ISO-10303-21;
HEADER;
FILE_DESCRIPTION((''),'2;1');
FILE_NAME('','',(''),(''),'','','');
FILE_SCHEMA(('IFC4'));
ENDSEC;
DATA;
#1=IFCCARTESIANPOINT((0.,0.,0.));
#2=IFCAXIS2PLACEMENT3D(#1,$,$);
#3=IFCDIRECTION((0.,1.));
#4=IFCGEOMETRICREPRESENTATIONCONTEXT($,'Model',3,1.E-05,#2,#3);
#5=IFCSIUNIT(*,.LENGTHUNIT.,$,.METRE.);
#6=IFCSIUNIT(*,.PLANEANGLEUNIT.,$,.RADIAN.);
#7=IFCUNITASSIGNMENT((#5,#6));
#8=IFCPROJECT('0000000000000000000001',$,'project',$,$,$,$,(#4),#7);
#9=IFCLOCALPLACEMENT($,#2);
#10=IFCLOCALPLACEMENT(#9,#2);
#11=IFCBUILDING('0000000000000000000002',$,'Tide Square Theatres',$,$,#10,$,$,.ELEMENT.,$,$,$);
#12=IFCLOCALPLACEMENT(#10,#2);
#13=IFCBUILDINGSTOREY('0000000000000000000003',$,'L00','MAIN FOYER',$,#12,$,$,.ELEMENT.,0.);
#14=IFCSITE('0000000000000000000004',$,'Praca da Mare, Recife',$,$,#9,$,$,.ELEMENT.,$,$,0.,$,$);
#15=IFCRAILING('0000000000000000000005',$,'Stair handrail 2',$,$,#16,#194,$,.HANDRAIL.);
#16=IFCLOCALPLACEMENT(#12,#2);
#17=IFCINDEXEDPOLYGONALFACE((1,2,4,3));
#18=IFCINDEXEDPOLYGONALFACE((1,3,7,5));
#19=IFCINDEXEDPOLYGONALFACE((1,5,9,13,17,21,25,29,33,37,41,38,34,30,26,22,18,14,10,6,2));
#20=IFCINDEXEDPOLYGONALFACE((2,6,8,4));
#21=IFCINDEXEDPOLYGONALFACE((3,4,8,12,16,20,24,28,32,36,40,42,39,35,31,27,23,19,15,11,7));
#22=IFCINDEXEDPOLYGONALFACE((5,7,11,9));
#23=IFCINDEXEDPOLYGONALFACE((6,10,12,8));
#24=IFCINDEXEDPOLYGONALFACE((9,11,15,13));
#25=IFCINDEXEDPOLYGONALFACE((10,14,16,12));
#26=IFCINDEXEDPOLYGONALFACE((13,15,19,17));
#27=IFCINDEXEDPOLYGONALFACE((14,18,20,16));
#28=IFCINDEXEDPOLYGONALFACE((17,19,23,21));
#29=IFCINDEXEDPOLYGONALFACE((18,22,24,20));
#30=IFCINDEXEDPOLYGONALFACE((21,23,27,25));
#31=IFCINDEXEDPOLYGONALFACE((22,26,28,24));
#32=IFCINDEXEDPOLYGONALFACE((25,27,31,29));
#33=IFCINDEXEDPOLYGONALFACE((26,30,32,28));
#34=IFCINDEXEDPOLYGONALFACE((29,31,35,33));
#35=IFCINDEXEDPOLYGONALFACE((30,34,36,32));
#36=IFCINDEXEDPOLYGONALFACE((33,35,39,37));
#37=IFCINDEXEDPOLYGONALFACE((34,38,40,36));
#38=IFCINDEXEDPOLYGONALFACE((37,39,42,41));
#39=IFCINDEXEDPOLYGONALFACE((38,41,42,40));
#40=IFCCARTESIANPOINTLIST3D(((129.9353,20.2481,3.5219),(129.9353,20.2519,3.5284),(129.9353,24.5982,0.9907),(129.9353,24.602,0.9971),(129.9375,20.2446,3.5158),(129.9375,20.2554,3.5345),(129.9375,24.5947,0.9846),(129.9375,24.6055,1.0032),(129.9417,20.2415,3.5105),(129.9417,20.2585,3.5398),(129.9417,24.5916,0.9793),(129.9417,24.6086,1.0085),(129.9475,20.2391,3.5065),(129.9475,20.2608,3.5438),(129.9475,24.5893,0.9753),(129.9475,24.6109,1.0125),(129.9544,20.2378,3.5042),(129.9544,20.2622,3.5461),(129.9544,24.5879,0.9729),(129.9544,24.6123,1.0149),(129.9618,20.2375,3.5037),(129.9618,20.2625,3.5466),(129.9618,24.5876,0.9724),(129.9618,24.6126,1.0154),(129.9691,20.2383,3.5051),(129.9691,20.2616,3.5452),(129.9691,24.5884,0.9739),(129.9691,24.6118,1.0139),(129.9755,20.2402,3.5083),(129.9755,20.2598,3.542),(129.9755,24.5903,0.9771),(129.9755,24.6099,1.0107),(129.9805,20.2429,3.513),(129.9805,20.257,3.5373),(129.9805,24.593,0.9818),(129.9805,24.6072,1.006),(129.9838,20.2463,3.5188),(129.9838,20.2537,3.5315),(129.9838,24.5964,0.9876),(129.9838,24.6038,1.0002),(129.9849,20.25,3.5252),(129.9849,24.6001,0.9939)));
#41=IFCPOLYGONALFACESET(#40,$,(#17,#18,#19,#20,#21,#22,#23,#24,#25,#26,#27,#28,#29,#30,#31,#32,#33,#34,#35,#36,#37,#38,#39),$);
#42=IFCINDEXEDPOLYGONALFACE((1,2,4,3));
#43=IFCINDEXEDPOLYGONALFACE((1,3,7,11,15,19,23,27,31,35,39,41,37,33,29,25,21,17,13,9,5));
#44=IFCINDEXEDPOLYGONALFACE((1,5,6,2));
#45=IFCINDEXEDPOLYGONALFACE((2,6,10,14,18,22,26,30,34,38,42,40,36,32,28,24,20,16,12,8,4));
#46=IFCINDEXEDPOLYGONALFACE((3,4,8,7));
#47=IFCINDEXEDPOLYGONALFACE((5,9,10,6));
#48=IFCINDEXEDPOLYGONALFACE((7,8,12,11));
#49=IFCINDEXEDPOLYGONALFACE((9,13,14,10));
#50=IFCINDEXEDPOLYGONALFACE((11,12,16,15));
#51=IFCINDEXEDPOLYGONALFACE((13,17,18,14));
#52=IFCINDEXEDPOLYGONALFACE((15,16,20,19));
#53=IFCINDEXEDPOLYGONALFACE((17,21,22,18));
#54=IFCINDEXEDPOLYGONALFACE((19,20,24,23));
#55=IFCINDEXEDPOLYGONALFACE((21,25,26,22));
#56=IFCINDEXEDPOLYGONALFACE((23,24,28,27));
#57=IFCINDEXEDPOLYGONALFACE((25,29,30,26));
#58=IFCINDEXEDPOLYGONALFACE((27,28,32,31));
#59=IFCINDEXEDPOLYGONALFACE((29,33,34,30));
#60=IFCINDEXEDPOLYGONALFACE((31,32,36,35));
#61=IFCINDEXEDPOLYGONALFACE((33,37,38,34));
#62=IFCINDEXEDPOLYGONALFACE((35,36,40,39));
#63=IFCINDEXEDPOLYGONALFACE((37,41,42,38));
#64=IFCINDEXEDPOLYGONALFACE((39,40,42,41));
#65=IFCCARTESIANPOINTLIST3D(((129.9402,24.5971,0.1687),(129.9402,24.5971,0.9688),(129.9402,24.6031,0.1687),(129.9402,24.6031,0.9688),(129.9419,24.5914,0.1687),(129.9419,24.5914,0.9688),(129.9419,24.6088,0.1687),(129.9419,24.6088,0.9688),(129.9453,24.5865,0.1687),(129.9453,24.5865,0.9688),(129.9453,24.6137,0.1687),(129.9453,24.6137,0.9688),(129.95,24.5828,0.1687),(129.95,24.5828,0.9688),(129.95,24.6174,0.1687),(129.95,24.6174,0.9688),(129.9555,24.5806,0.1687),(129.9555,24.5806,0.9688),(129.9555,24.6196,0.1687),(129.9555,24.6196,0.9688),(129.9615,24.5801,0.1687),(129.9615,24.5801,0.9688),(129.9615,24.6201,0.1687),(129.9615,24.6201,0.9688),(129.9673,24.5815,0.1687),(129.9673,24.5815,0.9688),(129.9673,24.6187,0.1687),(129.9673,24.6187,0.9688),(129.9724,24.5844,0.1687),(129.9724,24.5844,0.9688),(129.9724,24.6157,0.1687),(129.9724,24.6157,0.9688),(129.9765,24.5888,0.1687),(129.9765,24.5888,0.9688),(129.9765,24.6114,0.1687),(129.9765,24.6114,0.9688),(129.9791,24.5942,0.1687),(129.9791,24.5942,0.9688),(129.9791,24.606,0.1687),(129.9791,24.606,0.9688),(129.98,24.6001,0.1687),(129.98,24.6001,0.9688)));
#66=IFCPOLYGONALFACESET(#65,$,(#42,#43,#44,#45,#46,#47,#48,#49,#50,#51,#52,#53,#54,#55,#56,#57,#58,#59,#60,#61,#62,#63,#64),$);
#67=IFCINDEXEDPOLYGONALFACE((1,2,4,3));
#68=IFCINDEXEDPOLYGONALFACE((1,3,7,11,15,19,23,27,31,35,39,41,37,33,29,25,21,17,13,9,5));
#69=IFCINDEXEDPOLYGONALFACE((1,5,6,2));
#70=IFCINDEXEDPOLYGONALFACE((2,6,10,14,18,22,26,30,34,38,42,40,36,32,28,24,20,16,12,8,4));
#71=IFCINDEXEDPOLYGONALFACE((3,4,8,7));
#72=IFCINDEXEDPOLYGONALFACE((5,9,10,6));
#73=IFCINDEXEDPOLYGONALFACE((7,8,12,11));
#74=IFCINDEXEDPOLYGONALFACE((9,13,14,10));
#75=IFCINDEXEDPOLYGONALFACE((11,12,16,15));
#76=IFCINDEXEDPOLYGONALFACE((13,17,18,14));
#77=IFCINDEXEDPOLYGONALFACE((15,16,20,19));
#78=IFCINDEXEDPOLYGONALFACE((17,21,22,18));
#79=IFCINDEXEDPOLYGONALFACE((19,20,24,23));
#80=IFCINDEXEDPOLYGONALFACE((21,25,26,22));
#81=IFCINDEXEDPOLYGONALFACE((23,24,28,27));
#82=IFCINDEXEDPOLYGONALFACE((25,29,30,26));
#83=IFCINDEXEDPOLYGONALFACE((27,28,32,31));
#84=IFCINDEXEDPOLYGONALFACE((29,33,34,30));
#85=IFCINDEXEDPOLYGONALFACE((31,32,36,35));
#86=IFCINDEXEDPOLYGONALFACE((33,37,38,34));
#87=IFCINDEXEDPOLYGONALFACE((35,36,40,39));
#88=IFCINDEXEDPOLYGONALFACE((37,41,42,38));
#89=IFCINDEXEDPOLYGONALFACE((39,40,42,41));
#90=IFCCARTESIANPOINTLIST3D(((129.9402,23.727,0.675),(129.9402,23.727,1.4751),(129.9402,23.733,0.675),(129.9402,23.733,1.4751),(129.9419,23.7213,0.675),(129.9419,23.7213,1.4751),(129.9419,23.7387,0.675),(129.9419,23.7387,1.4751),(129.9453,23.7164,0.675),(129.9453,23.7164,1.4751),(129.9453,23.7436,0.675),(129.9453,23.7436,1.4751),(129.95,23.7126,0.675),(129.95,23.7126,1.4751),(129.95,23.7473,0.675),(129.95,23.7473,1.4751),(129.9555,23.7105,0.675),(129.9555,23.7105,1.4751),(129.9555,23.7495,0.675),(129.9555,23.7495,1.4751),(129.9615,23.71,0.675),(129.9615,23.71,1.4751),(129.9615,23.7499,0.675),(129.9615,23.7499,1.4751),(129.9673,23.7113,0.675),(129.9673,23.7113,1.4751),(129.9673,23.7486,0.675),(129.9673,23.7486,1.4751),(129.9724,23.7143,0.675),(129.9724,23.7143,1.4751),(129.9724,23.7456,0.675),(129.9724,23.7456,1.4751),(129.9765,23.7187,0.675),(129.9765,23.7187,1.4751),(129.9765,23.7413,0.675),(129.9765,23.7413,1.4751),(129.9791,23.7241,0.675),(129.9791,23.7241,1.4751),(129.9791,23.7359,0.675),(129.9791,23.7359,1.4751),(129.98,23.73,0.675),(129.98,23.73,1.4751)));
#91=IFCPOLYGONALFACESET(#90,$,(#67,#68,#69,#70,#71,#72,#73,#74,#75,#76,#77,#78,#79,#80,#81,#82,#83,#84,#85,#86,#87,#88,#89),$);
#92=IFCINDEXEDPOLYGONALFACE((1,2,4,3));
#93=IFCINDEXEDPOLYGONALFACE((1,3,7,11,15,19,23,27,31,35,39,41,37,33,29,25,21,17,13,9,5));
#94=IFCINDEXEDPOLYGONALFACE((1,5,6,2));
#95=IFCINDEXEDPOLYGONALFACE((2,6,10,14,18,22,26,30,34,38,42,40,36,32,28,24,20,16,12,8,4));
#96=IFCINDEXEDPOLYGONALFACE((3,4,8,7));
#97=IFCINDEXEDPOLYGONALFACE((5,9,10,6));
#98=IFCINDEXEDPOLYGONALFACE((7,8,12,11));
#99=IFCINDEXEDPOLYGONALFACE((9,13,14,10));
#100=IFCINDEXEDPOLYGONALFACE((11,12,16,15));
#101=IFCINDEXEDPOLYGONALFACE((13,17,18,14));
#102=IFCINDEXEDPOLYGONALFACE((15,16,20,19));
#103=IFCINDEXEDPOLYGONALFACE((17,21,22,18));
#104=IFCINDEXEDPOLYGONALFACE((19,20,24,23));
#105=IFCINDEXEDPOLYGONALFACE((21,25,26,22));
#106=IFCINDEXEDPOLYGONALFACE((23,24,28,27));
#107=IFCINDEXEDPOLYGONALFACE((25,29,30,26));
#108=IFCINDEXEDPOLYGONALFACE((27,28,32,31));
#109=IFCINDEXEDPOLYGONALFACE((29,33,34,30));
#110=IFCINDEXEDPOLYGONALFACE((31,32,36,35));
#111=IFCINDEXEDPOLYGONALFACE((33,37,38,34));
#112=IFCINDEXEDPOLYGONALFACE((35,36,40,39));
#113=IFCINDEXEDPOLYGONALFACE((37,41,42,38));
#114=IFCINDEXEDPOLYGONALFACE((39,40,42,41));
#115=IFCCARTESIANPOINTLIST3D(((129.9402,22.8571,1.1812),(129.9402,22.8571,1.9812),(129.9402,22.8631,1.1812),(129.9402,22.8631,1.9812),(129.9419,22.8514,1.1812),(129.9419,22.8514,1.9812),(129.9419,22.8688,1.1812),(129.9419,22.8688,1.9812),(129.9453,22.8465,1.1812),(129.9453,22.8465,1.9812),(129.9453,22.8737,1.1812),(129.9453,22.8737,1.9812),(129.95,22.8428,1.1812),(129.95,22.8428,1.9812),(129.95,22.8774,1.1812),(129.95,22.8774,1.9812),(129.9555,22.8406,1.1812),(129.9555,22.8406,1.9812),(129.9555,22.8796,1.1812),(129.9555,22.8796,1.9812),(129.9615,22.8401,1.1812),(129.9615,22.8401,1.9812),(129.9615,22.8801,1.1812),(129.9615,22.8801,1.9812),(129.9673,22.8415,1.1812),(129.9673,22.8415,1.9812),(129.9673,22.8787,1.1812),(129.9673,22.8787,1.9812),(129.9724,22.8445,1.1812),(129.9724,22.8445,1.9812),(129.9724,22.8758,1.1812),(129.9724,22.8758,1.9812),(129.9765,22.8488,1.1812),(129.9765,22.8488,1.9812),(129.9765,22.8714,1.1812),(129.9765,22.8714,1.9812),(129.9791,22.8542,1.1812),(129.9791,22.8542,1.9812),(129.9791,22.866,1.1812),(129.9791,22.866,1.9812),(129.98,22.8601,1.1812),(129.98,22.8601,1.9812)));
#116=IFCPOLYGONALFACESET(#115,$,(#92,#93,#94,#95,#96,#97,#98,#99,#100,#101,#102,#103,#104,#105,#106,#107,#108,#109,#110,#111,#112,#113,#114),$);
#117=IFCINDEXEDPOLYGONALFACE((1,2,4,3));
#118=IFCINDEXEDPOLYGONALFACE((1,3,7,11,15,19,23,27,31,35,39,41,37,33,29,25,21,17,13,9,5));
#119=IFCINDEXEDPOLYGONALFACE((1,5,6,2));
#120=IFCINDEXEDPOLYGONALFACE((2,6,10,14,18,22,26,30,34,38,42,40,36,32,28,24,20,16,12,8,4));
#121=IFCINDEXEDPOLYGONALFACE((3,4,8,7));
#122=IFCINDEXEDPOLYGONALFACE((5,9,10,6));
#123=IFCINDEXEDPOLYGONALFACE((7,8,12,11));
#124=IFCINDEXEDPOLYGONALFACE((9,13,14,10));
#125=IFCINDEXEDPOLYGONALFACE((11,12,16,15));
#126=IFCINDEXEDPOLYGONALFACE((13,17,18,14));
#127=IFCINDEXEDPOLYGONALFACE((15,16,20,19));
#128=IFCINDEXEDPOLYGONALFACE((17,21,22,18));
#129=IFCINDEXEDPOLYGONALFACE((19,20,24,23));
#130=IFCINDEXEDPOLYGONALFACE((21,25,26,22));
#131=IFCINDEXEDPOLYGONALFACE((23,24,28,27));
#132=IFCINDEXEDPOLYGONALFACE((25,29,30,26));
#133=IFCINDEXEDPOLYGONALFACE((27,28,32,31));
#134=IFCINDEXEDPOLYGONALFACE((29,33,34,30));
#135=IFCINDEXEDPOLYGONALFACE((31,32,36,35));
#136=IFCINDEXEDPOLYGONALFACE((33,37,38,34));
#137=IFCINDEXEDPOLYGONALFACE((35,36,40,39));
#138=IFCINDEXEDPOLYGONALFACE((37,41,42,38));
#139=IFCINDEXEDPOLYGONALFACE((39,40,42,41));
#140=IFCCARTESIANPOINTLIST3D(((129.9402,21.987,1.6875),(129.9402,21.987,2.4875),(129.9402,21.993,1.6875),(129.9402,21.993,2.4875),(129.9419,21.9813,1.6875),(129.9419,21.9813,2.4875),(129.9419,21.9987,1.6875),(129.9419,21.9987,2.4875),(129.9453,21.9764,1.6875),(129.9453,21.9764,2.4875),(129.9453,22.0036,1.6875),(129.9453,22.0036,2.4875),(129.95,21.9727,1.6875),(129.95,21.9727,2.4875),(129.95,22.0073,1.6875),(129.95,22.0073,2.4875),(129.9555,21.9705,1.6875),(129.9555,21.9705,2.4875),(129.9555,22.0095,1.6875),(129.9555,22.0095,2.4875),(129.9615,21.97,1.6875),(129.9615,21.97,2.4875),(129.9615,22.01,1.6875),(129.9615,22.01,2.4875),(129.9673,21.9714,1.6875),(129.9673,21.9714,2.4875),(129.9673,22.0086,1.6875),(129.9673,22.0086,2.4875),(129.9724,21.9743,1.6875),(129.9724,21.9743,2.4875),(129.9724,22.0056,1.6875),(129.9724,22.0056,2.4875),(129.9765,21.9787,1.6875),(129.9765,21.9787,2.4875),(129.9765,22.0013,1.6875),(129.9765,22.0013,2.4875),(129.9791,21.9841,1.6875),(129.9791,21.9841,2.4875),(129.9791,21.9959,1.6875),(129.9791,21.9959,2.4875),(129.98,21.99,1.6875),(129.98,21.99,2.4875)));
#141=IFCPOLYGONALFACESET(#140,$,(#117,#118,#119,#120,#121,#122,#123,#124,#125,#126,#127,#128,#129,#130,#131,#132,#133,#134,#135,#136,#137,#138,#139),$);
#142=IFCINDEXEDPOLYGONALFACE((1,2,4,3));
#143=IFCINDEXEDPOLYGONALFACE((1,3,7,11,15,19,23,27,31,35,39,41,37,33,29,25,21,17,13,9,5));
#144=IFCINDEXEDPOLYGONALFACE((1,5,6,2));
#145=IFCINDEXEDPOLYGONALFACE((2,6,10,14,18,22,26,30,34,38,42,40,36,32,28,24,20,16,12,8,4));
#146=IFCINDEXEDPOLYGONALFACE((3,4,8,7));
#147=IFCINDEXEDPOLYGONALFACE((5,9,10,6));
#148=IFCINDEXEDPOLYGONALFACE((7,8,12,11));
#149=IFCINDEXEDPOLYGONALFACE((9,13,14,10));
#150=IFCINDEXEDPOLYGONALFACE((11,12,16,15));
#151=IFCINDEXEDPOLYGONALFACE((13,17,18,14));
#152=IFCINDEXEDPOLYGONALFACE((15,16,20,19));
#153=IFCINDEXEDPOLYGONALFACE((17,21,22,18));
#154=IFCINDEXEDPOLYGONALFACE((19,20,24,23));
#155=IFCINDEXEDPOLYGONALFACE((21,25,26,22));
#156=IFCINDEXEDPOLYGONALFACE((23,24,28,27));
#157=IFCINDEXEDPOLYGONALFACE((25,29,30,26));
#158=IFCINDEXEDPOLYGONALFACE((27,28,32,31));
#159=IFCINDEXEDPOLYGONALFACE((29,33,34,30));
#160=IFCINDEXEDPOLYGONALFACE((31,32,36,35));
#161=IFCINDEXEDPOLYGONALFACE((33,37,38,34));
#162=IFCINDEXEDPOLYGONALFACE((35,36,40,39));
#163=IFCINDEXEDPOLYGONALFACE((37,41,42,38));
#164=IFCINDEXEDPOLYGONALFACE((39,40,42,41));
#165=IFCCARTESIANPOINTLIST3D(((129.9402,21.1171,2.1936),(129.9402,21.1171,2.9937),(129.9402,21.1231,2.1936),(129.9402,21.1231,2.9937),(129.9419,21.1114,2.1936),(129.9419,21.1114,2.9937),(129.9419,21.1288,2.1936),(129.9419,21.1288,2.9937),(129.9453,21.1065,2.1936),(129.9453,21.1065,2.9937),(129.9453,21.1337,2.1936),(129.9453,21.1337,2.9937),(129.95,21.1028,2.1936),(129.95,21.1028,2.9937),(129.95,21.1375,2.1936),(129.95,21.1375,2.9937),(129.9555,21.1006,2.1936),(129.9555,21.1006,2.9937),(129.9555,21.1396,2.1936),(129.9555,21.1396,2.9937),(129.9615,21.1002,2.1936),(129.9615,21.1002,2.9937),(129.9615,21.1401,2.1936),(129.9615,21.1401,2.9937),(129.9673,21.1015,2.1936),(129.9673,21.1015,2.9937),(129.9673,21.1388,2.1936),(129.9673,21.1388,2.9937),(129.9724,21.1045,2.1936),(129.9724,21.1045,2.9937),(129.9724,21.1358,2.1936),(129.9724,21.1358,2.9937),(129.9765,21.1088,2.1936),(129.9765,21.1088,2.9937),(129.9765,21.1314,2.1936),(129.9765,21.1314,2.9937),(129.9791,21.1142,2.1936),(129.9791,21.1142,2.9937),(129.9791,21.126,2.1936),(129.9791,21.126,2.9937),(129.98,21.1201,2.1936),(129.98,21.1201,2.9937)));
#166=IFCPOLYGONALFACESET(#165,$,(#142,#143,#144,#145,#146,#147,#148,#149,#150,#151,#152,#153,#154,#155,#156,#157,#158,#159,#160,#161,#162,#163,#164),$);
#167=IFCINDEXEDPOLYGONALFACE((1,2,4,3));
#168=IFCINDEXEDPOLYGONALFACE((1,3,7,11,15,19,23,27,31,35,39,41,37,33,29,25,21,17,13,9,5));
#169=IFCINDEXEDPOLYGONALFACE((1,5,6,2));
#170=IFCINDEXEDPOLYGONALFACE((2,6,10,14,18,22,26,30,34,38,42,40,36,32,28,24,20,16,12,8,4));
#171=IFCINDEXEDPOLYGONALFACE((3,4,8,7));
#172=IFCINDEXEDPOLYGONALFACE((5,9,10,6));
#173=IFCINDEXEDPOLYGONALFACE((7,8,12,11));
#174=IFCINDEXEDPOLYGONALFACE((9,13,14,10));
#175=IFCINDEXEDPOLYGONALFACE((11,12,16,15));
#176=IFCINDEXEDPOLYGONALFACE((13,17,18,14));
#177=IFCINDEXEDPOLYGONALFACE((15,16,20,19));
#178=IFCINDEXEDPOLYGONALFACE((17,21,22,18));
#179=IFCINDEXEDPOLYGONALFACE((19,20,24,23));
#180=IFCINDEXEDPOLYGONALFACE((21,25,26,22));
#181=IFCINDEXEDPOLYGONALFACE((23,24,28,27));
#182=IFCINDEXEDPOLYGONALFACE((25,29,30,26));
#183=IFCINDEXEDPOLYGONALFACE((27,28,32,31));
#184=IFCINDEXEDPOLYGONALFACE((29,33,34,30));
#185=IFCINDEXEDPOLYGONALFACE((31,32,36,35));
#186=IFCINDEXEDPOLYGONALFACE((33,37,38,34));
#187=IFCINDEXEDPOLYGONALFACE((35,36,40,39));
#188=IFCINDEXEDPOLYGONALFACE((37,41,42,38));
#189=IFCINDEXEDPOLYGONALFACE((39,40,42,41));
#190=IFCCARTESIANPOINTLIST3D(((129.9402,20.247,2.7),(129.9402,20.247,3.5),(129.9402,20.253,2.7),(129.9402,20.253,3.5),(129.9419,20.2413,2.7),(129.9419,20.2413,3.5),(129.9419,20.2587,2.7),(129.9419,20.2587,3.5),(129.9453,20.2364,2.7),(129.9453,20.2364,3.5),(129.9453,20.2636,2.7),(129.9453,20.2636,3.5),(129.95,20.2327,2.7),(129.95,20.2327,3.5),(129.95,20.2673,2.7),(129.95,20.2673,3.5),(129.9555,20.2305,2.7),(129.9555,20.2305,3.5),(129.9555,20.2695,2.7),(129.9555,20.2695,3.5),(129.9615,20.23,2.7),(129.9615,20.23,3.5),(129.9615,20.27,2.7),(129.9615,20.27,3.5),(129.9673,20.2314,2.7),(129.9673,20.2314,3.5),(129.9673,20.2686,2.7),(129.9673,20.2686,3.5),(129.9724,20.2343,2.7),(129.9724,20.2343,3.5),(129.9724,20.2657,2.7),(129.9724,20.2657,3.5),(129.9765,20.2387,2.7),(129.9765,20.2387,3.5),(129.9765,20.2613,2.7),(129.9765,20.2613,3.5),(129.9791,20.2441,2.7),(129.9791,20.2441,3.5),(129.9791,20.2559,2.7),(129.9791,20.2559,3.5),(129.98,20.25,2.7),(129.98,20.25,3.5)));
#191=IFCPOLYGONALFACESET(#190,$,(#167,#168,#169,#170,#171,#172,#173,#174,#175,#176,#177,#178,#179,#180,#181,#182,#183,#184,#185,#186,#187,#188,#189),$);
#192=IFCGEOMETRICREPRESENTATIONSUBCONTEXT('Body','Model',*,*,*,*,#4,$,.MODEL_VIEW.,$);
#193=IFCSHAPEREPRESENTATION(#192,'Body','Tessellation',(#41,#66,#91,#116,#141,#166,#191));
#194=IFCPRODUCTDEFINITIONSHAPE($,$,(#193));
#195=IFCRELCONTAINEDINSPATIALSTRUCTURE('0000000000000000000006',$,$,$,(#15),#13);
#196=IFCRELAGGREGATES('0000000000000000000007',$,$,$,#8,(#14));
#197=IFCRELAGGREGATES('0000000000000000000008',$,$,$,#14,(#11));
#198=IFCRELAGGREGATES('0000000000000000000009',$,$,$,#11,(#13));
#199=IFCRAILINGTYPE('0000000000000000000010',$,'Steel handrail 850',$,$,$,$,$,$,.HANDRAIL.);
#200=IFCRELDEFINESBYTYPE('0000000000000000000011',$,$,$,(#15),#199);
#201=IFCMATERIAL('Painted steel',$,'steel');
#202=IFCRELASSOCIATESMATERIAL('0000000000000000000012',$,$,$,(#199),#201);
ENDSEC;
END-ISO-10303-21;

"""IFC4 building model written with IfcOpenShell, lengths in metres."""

from ifc_helpers import new_model, si_unit, direction, frame, origin, origin_2d, place, context, subcontext, project, spatial, circle, extrude, material, type_object, element, save


model = new_model("IFC4")

# Units and contexts
model_context = context("Model", 3, precision=1e-05, world=origin(), true_north=direction((0.0, 1.0)))
body_context = subcontext(model_context, "Body", "Model", "MODEL_VIEW")
ifc_project = project(units=[si_unit("LENGTHUNIT", "METRE"), si_unit("PLANEANGLEUNIT", "RADIAN")], contexts=[model_context])

# Site, building, storey
site_placement = place(None, origin())
site = spatial("IfcSite", under=ifc_project, at=site_placement, Name="Praca da Mare, Recife", CompositionType="ELEMENT", RefElevation=0.0)
building_placement = place(site_placement, origin())
building = spatial("IfcBuilding", under=site, at=building_placement, Name="Tide Square Theatres", CompositionType="ELEMENT")
storey_placement = place(building_placement, origin())
storey = spatial("IfcBuildingStorey", under=building, at=storey_placement, Name="L00", Description="MAIN FOYER", CompositionType="ELEMENT", Elevation=0.0)

# Railing
ifc_material_1 = material(Name="Painted steel", Category="steel")
railing_type = type_object("IfcRailingType", Name="Steel handrail 850", PredefinedType="HANDRAIL", material=ifc_material_1)
for number, where, name in (
    (1, (129.96, 24.6001, 0.1687), "Stair handrail 2"),
):
    element("IfcRailing", number, at=place(storey_placement, frame(where)), inside=storey, type_object=railing_type, Name=name, PredefinedType="HANDRAIL", context=body_context, shape_type="SweptSolid", body=[
        extrude(circle(Radius=0.0249, at=origin_2d()), frame((0.0, 0.0, 0.8252), z_axis=(0.0, -0.864324, 0.502936), x_axis=(1.0, 0.0, 0.0)), (0.0, 0.0, 1.0), 5.033),
        extrude(circle(Radius=0.02, at=origin_2d()), origin(), (0.0, 0.0, 1.0), 0.8),
        extrude(circle(Radius=0.02, at=origin_2d()), frame((0.0, -0.8701, 0.5063)), (0.0, 0.0, 1.0), 0.8),
        extrude(circle(Radius=0.02, at=origin_2d()), frame((0.0, -1.74, 1.0125)), (0.0, 0.0, 1.0), 0.8),
        extrude(circle(Radius=0.02, at=origin_2d()), frame((0.0, -2.6101, 1.5188)), (0.0, 0.0, 1.0), 0.8),
        extrude(circle(Radius=0.02, at=origin_2d()), frame((0.0, -3.48, 2.0249)), (0.0, 0.0, 1.0), 0.8),
        extrude(circle(Radius=0.02, at=origin_2d()), frame((0.0, -4.3501, 2.5312)), (0.0, 0.0, 1.0), 0.8),
    ])

save(model, "model.ifc")
